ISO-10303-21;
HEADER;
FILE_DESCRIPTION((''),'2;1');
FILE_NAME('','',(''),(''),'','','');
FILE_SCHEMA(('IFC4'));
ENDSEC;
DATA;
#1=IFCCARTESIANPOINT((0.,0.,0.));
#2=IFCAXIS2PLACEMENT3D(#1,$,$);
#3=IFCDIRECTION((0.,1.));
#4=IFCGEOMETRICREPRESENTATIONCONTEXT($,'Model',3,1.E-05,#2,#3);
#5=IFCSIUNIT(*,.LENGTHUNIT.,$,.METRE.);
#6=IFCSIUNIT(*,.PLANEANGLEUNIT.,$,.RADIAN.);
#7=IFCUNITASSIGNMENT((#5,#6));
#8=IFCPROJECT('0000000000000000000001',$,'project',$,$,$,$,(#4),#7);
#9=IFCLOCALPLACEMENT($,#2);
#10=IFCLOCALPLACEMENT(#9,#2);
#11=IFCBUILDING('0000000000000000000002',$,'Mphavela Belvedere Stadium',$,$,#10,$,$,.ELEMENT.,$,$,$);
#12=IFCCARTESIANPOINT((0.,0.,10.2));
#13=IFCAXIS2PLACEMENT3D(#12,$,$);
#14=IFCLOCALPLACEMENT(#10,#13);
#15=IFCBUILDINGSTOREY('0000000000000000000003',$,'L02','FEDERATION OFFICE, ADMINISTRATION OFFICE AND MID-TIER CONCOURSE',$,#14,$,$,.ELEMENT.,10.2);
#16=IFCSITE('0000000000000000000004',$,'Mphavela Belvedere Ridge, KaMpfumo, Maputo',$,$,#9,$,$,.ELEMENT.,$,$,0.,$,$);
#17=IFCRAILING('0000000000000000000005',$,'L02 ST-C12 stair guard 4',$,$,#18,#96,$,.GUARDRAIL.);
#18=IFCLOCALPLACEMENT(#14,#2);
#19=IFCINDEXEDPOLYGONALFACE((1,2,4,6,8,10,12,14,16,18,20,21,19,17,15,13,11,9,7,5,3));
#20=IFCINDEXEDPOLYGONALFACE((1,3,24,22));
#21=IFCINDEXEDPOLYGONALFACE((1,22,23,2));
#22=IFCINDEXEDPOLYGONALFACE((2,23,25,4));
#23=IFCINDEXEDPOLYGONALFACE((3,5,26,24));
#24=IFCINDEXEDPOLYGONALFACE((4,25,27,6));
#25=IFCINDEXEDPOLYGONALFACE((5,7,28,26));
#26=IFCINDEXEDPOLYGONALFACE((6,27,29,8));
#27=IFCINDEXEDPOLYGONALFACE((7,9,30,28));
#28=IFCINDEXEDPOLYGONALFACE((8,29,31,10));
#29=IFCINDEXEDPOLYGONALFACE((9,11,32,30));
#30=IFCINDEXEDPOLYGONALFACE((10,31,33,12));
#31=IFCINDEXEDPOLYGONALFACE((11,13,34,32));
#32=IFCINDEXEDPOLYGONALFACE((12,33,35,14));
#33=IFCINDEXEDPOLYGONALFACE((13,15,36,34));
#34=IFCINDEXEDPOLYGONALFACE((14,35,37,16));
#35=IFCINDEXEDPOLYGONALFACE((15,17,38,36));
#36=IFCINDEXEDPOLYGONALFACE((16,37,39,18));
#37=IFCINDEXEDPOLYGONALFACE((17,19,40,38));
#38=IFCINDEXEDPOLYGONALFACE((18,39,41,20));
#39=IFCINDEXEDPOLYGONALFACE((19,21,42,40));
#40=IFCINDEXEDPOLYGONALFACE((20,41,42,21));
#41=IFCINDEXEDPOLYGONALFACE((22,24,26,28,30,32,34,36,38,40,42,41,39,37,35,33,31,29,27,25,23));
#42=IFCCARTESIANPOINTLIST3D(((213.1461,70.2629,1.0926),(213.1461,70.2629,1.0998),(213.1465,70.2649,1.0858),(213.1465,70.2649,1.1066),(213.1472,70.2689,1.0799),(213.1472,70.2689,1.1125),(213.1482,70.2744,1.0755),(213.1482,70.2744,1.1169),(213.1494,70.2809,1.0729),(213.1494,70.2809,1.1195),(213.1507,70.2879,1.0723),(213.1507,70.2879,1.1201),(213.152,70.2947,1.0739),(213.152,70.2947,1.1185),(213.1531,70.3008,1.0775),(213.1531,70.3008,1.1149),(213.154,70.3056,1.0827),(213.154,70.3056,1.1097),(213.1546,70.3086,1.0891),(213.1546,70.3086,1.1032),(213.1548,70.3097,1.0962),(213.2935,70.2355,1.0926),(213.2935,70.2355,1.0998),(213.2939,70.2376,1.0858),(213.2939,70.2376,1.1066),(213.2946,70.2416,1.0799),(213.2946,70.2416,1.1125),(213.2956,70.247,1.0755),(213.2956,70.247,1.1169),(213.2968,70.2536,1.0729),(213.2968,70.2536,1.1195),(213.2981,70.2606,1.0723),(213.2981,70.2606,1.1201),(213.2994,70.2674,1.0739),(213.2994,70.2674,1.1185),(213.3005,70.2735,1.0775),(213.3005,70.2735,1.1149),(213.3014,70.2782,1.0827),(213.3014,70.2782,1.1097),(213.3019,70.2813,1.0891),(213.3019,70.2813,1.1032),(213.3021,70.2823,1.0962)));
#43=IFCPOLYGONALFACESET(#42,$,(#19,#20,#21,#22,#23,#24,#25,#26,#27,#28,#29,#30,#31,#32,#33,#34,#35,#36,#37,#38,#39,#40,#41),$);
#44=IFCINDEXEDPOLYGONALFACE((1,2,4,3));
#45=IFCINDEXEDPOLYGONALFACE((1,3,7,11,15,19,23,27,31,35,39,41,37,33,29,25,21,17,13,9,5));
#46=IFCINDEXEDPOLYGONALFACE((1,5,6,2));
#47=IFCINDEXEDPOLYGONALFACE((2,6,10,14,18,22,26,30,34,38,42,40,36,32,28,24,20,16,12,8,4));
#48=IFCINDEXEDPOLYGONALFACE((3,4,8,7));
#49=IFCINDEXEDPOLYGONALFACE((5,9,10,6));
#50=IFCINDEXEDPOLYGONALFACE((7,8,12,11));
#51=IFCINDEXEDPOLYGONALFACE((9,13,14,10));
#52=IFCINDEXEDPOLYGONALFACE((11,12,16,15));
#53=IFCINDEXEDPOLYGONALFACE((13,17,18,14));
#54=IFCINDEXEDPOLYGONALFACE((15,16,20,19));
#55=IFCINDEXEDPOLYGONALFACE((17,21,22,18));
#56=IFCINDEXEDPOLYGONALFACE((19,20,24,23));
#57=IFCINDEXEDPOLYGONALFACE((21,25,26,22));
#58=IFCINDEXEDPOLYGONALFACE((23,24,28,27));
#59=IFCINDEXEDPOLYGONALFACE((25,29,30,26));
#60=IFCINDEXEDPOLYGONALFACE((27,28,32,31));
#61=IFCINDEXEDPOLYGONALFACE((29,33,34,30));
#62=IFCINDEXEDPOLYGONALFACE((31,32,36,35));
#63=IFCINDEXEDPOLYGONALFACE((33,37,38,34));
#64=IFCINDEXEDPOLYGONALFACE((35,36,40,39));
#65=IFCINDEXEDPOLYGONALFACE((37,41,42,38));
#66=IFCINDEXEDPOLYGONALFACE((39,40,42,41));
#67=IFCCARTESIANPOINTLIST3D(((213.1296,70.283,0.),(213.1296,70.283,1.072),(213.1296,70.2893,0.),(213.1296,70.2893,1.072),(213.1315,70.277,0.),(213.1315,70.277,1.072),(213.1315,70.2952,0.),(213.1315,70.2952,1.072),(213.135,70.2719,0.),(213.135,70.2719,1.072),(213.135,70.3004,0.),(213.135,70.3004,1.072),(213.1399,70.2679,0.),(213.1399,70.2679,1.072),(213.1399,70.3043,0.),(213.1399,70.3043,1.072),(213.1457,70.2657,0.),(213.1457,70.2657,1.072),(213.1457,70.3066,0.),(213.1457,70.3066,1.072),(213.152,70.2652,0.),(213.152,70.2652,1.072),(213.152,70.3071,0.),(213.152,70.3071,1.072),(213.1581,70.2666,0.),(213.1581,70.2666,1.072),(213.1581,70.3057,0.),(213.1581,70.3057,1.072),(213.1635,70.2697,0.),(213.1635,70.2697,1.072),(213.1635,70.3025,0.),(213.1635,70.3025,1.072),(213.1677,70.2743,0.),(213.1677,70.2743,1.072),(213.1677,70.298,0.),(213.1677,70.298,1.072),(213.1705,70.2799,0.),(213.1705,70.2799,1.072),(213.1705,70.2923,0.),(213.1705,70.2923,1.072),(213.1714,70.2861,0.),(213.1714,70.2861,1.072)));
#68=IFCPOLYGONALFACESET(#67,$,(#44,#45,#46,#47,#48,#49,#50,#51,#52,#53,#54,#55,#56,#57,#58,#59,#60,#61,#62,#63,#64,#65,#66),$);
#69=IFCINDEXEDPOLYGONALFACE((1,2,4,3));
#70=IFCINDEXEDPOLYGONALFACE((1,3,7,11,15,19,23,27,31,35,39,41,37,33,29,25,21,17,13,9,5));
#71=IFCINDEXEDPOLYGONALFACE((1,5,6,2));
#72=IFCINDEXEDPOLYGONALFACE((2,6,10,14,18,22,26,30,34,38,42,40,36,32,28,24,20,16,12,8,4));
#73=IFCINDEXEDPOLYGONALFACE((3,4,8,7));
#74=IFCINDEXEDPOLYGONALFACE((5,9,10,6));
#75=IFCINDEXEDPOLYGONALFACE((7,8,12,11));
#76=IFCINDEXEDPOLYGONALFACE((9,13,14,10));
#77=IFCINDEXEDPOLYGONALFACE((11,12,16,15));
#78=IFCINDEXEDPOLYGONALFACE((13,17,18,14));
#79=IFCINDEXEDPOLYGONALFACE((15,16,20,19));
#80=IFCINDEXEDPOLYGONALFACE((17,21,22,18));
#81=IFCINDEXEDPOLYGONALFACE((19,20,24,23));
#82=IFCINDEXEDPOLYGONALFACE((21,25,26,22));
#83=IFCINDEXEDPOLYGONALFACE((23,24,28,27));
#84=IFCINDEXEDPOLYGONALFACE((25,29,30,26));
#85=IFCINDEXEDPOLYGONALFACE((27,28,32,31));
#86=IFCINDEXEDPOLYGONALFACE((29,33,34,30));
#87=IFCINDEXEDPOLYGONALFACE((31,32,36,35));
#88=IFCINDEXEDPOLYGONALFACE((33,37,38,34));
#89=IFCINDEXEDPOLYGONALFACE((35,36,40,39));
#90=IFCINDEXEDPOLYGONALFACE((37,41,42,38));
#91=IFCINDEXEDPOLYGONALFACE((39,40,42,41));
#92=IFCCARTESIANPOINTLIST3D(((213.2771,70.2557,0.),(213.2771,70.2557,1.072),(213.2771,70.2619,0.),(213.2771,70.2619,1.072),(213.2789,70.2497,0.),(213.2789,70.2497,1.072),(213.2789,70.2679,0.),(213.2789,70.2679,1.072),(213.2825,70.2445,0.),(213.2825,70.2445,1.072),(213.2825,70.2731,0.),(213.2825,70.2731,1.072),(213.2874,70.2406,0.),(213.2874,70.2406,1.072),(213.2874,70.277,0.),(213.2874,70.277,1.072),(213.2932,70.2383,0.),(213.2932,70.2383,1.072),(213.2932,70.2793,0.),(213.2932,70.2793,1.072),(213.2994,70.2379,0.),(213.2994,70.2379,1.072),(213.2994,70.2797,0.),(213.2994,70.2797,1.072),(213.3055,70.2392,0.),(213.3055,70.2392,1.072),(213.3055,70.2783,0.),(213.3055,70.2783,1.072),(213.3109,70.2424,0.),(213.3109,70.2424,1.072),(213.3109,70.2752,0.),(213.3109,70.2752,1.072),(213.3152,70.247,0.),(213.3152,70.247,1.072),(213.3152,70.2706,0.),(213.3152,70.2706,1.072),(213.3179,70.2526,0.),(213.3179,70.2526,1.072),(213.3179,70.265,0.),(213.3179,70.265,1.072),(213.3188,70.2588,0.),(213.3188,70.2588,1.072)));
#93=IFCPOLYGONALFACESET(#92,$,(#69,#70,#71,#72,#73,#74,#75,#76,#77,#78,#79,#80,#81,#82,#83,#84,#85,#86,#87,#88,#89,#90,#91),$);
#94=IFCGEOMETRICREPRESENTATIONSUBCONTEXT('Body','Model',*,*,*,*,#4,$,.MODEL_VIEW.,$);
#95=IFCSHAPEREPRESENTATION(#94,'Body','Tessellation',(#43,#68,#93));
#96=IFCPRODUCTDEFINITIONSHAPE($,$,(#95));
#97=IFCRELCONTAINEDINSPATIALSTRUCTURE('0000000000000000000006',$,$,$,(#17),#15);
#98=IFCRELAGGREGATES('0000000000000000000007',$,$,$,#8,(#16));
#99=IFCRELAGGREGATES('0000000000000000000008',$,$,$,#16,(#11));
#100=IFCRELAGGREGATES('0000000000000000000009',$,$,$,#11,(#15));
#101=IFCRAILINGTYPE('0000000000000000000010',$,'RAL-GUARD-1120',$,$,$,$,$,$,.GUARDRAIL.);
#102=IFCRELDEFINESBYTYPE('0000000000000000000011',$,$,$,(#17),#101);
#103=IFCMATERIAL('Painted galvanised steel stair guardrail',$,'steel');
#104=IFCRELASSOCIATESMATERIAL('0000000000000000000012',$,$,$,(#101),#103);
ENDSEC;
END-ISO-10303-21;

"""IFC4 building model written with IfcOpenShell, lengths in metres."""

from ifc_helpers import new_model, si_unit, direction, frame, origin, origin_2d, place, context, subcontext, project, spatial, circle, extrude, material, type_object, element, save


model = new_model("IFC4")

# Units and contexts
model_context = context("Model", 3, precision=1e-05, world=origin(), true_north=direction((0.0, 1.0)))
body_context = subcontext(model_context, "Body", "Model", "MODEL_VIEW")
ifc_project = project(units=[si_unit("LENGTHUNIT", "METRE"), si_unit("PLANEANGLEUNIT", "RADIAN")], contexts=[model_context])

# Site, building, storey
site_placement = place(None, origin())
site = spatial("IfcSite", under=ifc_project, at=site_placement, Name="Mphavela Belvedere Ridge, KaMpfumo, Maputo", CompositionType="ELEMENT", RefElevation=0.0)
building_placement = place(site_placement, origin())
building = spatial("IfcBuilding", under=site, at=building_placement, Name="Mphavela Belvedere Stadium", CompositionType="ELEMENT")
storey_placement = place(building_placement, frame((0.0, 0.0, 10.2)))
storey = spatial("IfcBuildingStorey", under=building, at=storey_placement, Name="L02", Description="FEDERATION OFFICE, ADMINISTRATION OFFICE AND MID-TIER CONCOURSE", CompositionType="ELEMENT", Elevation=10.2)

# Railing
ifc_material_1 = material(Name="Painted galvanised steel stair guardrail", Category="steel")
railing_type_1 = type_object("IfcRailingType", Name="RAL-GUARD-1120", PredefinedType="GUARDRAIL", material=ifc_material_1)
railing_1_placement = place(storey_placement, frame((213.1504, 70.2861, 0.0)))
element("IfcRailing", 1, at=railing_1_placement, inside=storey, type_object=railing_type_1, Name="L02 ST-C12 stair guard 4", PredefinedType="GUARDRAIL", context=body_context, shape_type="SweptSolid", body=[
    extrude(circle(Radius=0.0239, at=origin_2d()), frame((0.0, 0.0, 1.0962), z_axis=(0.983239, -0.182322, 0.0), x_axis=(0.182322, 0.983239, 0.0)), (0.0, 0.0, 1.0), 0.1499),
    extrude(circle(Radius=0.021, at=origin_2d()), origin(), (0.0, 0.0, 1.0), 1.072),
    extrude(circle(Radius=0.021, at=origin_2d()), frame((0.1475, -0.0273, 0.0)), (0.0, 0.0, 1.0), 1.072),
])

save(model, "model.ifc")
